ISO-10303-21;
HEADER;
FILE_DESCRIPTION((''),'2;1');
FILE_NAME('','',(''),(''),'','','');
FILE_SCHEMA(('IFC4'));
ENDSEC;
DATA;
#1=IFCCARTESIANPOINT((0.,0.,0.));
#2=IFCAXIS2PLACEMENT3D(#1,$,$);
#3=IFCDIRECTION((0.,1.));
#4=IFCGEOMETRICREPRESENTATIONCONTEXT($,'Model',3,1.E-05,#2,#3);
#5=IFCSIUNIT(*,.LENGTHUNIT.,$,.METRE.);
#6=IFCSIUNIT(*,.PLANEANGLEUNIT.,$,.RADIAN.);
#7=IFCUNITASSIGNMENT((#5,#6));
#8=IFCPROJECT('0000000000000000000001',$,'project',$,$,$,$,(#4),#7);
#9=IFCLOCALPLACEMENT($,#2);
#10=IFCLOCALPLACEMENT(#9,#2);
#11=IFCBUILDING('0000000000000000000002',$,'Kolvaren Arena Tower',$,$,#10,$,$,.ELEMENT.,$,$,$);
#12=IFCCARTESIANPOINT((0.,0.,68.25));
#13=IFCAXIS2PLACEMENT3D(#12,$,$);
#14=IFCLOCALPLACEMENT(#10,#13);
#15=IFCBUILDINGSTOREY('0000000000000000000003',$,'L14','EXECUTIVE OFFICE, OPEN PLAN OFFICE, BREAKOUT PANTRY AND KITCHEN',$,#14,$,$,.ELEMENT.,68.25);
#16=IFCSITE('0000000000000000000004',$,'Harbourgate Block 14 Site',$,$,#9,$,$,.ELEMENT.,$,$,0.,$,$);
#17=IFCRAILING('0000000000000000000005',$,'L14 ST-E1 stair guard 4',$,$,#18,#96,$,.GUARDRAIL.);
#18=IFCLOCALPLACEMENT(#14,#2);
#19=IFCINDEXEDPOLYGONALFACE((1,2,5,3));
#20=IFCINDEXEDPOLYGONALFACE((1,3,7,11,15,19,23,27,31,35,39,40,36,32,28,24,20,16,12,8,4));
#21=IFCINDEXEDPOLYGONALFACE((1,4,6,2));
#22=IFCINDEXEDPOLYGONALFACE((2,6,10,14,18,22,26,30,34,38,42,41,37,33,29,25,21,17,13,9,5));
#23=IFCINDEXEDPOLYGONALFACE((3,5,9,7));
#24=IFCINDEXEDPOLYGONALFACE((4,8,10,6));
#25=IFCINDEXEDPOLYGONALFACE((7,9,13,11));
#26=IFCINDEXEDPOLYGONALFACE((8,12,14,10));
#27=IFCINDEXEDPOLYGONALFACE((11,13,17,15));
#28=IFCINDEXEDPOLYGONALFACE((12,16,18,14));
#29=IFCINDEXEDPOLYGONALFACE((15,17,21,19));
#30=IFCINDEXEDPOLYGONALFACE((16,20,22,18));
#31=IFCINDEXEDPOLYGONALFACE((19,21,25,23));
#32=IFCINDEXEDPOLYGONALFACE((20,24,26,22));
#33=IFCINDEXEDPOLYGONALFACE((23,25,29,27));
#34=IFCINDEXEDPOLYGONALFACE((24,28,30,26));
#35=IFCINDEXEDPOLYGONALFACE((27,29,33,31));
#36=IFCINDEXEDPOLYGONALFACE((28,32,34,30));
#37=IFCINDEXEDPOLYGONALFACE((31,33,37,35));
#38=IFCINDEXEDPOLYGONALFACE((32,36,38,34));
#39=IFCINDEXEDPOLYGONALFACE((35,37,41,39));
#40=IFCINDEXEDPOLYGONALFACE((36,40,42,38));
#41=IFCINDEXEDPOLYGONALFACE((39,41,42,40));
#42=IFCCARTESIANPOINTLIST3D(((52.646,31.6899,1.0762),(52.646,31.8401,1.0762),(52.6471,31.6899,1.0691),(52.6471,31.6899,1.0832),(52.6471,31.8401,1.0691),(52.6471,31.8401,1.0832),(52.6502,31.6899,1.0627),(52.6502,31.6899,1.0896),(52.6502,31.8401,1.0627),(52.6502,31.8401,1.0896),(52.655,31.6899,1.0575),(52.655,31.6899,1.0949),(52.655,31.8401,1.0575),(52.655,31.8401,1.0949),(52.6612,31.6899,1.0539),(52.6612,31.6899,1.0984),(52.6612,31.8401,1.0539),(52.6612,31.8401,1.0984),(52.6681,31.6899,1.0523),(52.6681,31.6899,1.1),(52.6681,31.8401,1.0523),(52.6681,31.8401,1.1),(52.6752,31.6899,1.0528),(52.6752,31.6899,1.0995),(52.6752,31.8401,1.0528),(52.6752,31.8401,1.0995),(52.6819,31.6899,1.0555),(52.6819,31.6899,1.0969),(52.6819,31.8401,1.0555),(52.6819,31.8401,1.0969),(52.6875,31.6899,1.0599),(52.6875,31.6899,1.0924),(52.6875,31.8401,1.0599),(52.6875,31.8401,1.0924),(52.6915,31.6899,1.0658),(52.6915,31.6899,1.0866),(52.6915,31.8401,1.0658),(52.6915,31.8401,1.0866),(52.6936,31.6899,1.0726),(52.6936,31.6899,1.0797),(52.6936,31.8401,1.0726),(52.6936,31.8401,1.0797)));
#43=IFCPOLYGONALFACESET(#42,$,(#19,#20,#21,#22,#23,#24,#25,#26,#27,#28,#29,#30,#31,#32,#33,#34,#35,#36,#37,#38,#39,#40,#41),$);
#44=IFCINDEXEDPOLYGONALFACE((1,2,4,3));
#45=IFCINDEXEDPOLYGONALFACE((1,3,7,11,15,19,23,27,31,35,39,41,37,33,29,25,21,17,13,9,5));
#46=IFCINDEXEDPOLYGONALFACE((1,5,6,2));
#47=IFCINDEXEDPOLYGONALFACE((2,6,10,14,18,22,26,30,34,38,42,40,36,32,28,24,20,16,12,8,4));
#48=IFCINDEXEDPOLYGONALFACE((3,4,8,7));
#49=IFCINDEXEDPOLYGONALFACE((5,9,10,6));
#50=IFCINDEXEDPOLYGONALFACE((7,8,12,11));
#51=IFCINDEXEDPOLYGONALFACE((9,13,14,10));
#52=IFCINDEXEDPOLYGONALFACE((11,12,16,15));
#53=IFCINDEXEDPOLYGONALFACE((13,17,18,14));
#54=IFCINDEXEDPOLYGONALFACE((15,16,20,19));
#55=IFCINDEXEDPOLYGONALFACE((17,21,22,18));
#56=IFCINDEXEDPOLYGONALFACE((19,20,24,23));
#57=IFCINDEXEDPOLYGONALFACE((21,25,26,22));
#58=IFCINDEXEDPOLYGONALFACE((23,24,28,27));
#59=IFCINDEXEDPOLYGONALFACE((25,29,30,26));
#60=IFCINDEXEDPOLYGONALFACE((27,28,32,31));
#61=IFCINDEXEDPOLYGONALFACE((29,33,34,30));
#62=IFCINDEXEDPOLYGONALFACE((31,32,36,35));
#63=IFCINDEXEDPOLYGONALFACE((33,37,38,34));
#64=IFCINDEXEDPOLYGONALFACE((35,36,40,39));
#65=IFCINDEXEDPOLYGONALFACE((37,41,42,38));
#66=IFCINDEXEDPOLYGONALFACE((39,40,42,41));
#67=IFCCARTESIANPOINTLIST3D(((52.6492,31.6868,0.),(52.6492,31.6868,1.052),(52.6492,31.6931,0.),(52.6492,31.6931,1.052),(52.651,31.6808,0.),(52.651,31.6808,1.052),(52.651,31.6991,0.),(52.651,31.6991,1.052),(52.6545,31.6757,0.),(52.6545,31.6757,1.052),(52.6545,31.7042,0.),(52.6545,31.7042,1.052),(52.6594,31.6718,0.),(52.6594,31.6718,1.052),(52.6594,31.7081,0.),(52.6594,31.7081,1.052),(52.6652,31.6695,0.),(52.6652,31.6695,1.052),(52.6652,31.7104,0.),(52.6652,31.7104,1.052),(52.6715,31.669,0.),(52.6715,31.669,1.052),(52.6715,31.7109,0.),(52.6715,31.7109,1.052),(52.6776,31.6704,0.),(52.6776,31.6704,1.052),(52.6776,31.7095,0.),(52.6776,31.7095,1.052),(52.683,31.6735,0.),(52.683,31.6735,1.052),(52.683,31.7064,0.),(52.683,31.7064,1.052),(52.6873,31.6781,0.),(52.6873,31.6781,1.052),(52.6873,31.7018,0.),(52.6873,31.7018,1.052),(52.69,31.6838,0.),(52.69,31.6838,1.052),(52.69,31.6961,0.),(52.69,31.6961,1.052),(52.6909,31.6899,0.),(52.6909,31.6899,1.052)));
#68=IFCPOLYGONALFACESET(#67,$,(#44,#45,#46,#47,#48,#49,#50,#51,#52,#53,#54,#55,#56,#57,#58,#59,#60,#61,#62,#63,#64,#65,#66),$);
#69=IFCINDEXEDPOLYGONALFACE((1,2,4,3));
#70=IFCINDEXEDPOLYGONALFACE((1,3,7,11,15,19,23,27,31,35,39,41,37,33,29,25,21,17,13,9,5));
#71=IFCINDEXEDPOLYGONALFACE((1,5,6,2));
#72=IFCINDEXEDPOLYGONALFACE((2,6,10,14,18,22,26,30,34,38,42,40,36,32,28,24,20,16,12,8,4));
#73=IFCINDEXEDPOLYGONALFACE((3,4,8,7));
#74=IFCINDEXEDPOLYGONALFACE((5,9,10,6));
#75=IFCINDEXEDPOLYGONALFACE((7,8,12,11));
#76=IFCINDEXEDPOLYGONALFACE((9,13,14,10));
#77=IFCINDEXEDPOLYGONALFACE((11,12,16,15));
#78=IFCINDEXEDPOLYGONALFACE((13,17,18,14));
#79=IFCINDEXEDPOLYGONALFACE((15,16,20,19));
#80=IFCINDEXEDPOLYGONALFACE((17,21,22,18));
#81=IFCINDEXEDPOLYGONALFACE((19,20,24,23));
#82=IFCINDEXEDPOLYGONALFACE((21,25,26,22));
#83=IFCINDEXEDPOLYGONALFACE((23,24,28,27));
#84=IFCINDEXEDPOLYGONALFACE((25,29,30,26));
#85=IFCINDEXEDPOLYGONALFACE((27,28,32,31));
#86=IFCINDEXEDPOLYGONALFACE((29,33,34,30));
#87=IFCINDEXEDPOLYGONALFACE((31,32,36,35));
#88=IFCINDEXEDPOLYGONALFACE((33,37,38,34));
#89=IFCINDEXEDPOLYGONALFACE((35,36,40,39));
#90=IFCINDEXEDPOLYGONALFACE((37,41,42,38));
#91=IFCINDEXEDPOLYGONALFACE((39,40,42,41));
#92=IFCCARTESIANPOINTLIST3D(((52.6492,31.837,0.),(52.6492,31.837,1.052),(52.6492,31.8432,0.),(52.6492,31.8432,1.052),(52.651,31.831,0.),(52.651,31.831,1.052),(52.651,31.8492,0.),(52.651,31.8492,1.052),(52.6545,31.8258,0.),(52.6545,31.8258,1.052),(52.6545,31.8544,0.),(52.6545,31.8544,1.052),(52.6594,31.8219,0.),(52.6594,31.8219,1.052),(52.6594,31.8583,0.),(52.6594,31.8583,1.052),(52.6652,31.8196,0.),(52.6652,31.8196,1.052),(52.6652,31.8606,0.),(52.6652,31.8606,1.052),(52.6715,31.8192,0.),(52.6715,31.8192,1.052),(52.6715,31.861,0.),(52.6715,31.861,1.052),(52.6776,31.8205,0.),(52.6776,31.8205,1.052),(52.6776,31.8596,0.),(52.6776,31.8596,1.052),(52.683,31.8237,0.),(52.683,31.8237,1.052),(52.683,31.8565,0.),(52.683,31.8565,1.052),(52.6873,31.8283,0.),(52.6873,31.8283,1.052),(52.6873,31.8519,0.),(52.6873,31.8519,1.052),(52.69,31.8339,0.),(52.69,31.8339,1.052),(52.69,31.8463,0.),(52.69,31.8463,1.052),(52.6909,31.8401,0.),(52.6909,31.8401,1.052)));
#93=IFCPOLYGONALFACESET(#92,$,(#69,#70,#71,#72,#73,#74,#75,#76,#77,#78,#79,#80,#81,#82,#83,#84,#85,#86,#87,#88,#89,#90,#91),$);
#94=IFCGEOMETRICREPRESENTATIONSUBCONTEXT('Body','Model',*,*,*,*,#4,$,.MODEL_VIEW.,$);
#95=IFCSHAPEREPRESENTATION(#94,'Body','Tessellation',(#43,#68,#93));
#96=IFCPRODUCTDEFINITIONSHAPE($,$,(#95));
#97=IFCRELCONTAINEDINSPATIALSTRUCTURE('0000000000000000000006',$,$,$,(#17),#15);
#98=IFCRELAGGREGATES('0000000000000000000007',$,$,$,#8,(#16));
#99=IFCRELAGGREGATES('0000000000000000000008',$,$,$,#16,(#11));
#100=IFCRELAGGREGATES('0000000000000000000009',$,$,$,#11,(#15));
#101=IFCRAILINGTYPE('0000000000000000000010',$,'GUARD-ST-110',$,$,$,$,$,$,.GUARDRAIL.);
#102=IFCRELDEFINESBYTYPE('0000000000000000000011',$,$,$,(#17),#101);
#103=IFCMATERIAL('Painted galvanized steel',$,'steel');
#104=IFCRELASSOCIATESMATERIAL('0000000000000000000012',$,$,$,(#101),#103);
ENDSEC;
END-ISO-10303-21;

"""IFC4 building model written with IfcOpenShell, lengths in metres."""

from ifc_helpers import new_model, si_unit, direction, frame, origin, origin_2d, place, context, subcontext, project, spatial, circle, extrude, material, type_object, element, save


model = new_model("IFC4")

# Units and contexts
model_context = context("Model", 3, precision=1e-05, world=origin(), true_north=direction((0.0, 1.0)))
body_context = subcontext(model_context, "Body", "Model", "MODEL_VIEW")
ifc_project = project(units=[si_unit("LENGTHUNIT", "METRE"), si_unit("PLANEANGLEUNIT", "RADIAN")], contexts=[model_context])

# Site, building, storey
site_placement = place(None, origin())
site = spatial("IfcSite", under=ifc_project, at=site_placement, Name="Harbourgate Block 14 Site", CompositionType="ELEMENT", RefElevation=0.0)
building_placement = place(site_placement, origin())
building = spatial("IfcBuilding", under=site, at=building_placement, Name="Kolvaren Arena Tower", CompositionType="ELEMENT")
storey_placement = place(building_placement, frame((0.0, 0.0, 68.25)))
storey = spatial("IfcBuildingStorey", under=building, at=storey_placement, Name="L14", Description="EXECUTIVE OFFICE, OPEN PLAN OFFICE, BREAKOUT PANTRY AND KITCHEN", CompositionType="ELEMENT", Elevation=68.25)

# Railing
ifc_material_1 = material(Name="Painted galvanized steel", Category="steel")
railing_type_1 = type_object("IfcRailingType", Name="GUARD-ST-110", PredefinedType="GUARDRAIL", material=ifc_material_1)
railing_1_placement = place(storey_placement, frame((52.6699, 31.6899, 0.0)))
element("IfcRailing", 1, at=railing_1_placement, inside=storey, type_object=railing_type_1, Name="L14 ST-E1 stair guard 4", PredefinedType="GUARDRAIL", context=body_context, shape_type="SweptSolid", body=[
    extrude(circle(Radius=0.0239, at=origin_2d()), frame((0.0, 0.0, 1.0762), z_axis=(0.0, 1.0, 0.0), x_axis=(-1.0, 0.0, 0.0)), (0.0, 0.0, 1.0), 0.1501),
    extrude(circle(Radius=0.021, at=origin_2d()), origin(), (0.0, 0.0, 1.0), 1.052),
    extrude(circle(Radius=0.021, at=origin_2d()), frame((0.0, 0.1501, 0.0)), (0.0, 0.0, 1.0), 1.052),
])

save(model, "model.ifc")
